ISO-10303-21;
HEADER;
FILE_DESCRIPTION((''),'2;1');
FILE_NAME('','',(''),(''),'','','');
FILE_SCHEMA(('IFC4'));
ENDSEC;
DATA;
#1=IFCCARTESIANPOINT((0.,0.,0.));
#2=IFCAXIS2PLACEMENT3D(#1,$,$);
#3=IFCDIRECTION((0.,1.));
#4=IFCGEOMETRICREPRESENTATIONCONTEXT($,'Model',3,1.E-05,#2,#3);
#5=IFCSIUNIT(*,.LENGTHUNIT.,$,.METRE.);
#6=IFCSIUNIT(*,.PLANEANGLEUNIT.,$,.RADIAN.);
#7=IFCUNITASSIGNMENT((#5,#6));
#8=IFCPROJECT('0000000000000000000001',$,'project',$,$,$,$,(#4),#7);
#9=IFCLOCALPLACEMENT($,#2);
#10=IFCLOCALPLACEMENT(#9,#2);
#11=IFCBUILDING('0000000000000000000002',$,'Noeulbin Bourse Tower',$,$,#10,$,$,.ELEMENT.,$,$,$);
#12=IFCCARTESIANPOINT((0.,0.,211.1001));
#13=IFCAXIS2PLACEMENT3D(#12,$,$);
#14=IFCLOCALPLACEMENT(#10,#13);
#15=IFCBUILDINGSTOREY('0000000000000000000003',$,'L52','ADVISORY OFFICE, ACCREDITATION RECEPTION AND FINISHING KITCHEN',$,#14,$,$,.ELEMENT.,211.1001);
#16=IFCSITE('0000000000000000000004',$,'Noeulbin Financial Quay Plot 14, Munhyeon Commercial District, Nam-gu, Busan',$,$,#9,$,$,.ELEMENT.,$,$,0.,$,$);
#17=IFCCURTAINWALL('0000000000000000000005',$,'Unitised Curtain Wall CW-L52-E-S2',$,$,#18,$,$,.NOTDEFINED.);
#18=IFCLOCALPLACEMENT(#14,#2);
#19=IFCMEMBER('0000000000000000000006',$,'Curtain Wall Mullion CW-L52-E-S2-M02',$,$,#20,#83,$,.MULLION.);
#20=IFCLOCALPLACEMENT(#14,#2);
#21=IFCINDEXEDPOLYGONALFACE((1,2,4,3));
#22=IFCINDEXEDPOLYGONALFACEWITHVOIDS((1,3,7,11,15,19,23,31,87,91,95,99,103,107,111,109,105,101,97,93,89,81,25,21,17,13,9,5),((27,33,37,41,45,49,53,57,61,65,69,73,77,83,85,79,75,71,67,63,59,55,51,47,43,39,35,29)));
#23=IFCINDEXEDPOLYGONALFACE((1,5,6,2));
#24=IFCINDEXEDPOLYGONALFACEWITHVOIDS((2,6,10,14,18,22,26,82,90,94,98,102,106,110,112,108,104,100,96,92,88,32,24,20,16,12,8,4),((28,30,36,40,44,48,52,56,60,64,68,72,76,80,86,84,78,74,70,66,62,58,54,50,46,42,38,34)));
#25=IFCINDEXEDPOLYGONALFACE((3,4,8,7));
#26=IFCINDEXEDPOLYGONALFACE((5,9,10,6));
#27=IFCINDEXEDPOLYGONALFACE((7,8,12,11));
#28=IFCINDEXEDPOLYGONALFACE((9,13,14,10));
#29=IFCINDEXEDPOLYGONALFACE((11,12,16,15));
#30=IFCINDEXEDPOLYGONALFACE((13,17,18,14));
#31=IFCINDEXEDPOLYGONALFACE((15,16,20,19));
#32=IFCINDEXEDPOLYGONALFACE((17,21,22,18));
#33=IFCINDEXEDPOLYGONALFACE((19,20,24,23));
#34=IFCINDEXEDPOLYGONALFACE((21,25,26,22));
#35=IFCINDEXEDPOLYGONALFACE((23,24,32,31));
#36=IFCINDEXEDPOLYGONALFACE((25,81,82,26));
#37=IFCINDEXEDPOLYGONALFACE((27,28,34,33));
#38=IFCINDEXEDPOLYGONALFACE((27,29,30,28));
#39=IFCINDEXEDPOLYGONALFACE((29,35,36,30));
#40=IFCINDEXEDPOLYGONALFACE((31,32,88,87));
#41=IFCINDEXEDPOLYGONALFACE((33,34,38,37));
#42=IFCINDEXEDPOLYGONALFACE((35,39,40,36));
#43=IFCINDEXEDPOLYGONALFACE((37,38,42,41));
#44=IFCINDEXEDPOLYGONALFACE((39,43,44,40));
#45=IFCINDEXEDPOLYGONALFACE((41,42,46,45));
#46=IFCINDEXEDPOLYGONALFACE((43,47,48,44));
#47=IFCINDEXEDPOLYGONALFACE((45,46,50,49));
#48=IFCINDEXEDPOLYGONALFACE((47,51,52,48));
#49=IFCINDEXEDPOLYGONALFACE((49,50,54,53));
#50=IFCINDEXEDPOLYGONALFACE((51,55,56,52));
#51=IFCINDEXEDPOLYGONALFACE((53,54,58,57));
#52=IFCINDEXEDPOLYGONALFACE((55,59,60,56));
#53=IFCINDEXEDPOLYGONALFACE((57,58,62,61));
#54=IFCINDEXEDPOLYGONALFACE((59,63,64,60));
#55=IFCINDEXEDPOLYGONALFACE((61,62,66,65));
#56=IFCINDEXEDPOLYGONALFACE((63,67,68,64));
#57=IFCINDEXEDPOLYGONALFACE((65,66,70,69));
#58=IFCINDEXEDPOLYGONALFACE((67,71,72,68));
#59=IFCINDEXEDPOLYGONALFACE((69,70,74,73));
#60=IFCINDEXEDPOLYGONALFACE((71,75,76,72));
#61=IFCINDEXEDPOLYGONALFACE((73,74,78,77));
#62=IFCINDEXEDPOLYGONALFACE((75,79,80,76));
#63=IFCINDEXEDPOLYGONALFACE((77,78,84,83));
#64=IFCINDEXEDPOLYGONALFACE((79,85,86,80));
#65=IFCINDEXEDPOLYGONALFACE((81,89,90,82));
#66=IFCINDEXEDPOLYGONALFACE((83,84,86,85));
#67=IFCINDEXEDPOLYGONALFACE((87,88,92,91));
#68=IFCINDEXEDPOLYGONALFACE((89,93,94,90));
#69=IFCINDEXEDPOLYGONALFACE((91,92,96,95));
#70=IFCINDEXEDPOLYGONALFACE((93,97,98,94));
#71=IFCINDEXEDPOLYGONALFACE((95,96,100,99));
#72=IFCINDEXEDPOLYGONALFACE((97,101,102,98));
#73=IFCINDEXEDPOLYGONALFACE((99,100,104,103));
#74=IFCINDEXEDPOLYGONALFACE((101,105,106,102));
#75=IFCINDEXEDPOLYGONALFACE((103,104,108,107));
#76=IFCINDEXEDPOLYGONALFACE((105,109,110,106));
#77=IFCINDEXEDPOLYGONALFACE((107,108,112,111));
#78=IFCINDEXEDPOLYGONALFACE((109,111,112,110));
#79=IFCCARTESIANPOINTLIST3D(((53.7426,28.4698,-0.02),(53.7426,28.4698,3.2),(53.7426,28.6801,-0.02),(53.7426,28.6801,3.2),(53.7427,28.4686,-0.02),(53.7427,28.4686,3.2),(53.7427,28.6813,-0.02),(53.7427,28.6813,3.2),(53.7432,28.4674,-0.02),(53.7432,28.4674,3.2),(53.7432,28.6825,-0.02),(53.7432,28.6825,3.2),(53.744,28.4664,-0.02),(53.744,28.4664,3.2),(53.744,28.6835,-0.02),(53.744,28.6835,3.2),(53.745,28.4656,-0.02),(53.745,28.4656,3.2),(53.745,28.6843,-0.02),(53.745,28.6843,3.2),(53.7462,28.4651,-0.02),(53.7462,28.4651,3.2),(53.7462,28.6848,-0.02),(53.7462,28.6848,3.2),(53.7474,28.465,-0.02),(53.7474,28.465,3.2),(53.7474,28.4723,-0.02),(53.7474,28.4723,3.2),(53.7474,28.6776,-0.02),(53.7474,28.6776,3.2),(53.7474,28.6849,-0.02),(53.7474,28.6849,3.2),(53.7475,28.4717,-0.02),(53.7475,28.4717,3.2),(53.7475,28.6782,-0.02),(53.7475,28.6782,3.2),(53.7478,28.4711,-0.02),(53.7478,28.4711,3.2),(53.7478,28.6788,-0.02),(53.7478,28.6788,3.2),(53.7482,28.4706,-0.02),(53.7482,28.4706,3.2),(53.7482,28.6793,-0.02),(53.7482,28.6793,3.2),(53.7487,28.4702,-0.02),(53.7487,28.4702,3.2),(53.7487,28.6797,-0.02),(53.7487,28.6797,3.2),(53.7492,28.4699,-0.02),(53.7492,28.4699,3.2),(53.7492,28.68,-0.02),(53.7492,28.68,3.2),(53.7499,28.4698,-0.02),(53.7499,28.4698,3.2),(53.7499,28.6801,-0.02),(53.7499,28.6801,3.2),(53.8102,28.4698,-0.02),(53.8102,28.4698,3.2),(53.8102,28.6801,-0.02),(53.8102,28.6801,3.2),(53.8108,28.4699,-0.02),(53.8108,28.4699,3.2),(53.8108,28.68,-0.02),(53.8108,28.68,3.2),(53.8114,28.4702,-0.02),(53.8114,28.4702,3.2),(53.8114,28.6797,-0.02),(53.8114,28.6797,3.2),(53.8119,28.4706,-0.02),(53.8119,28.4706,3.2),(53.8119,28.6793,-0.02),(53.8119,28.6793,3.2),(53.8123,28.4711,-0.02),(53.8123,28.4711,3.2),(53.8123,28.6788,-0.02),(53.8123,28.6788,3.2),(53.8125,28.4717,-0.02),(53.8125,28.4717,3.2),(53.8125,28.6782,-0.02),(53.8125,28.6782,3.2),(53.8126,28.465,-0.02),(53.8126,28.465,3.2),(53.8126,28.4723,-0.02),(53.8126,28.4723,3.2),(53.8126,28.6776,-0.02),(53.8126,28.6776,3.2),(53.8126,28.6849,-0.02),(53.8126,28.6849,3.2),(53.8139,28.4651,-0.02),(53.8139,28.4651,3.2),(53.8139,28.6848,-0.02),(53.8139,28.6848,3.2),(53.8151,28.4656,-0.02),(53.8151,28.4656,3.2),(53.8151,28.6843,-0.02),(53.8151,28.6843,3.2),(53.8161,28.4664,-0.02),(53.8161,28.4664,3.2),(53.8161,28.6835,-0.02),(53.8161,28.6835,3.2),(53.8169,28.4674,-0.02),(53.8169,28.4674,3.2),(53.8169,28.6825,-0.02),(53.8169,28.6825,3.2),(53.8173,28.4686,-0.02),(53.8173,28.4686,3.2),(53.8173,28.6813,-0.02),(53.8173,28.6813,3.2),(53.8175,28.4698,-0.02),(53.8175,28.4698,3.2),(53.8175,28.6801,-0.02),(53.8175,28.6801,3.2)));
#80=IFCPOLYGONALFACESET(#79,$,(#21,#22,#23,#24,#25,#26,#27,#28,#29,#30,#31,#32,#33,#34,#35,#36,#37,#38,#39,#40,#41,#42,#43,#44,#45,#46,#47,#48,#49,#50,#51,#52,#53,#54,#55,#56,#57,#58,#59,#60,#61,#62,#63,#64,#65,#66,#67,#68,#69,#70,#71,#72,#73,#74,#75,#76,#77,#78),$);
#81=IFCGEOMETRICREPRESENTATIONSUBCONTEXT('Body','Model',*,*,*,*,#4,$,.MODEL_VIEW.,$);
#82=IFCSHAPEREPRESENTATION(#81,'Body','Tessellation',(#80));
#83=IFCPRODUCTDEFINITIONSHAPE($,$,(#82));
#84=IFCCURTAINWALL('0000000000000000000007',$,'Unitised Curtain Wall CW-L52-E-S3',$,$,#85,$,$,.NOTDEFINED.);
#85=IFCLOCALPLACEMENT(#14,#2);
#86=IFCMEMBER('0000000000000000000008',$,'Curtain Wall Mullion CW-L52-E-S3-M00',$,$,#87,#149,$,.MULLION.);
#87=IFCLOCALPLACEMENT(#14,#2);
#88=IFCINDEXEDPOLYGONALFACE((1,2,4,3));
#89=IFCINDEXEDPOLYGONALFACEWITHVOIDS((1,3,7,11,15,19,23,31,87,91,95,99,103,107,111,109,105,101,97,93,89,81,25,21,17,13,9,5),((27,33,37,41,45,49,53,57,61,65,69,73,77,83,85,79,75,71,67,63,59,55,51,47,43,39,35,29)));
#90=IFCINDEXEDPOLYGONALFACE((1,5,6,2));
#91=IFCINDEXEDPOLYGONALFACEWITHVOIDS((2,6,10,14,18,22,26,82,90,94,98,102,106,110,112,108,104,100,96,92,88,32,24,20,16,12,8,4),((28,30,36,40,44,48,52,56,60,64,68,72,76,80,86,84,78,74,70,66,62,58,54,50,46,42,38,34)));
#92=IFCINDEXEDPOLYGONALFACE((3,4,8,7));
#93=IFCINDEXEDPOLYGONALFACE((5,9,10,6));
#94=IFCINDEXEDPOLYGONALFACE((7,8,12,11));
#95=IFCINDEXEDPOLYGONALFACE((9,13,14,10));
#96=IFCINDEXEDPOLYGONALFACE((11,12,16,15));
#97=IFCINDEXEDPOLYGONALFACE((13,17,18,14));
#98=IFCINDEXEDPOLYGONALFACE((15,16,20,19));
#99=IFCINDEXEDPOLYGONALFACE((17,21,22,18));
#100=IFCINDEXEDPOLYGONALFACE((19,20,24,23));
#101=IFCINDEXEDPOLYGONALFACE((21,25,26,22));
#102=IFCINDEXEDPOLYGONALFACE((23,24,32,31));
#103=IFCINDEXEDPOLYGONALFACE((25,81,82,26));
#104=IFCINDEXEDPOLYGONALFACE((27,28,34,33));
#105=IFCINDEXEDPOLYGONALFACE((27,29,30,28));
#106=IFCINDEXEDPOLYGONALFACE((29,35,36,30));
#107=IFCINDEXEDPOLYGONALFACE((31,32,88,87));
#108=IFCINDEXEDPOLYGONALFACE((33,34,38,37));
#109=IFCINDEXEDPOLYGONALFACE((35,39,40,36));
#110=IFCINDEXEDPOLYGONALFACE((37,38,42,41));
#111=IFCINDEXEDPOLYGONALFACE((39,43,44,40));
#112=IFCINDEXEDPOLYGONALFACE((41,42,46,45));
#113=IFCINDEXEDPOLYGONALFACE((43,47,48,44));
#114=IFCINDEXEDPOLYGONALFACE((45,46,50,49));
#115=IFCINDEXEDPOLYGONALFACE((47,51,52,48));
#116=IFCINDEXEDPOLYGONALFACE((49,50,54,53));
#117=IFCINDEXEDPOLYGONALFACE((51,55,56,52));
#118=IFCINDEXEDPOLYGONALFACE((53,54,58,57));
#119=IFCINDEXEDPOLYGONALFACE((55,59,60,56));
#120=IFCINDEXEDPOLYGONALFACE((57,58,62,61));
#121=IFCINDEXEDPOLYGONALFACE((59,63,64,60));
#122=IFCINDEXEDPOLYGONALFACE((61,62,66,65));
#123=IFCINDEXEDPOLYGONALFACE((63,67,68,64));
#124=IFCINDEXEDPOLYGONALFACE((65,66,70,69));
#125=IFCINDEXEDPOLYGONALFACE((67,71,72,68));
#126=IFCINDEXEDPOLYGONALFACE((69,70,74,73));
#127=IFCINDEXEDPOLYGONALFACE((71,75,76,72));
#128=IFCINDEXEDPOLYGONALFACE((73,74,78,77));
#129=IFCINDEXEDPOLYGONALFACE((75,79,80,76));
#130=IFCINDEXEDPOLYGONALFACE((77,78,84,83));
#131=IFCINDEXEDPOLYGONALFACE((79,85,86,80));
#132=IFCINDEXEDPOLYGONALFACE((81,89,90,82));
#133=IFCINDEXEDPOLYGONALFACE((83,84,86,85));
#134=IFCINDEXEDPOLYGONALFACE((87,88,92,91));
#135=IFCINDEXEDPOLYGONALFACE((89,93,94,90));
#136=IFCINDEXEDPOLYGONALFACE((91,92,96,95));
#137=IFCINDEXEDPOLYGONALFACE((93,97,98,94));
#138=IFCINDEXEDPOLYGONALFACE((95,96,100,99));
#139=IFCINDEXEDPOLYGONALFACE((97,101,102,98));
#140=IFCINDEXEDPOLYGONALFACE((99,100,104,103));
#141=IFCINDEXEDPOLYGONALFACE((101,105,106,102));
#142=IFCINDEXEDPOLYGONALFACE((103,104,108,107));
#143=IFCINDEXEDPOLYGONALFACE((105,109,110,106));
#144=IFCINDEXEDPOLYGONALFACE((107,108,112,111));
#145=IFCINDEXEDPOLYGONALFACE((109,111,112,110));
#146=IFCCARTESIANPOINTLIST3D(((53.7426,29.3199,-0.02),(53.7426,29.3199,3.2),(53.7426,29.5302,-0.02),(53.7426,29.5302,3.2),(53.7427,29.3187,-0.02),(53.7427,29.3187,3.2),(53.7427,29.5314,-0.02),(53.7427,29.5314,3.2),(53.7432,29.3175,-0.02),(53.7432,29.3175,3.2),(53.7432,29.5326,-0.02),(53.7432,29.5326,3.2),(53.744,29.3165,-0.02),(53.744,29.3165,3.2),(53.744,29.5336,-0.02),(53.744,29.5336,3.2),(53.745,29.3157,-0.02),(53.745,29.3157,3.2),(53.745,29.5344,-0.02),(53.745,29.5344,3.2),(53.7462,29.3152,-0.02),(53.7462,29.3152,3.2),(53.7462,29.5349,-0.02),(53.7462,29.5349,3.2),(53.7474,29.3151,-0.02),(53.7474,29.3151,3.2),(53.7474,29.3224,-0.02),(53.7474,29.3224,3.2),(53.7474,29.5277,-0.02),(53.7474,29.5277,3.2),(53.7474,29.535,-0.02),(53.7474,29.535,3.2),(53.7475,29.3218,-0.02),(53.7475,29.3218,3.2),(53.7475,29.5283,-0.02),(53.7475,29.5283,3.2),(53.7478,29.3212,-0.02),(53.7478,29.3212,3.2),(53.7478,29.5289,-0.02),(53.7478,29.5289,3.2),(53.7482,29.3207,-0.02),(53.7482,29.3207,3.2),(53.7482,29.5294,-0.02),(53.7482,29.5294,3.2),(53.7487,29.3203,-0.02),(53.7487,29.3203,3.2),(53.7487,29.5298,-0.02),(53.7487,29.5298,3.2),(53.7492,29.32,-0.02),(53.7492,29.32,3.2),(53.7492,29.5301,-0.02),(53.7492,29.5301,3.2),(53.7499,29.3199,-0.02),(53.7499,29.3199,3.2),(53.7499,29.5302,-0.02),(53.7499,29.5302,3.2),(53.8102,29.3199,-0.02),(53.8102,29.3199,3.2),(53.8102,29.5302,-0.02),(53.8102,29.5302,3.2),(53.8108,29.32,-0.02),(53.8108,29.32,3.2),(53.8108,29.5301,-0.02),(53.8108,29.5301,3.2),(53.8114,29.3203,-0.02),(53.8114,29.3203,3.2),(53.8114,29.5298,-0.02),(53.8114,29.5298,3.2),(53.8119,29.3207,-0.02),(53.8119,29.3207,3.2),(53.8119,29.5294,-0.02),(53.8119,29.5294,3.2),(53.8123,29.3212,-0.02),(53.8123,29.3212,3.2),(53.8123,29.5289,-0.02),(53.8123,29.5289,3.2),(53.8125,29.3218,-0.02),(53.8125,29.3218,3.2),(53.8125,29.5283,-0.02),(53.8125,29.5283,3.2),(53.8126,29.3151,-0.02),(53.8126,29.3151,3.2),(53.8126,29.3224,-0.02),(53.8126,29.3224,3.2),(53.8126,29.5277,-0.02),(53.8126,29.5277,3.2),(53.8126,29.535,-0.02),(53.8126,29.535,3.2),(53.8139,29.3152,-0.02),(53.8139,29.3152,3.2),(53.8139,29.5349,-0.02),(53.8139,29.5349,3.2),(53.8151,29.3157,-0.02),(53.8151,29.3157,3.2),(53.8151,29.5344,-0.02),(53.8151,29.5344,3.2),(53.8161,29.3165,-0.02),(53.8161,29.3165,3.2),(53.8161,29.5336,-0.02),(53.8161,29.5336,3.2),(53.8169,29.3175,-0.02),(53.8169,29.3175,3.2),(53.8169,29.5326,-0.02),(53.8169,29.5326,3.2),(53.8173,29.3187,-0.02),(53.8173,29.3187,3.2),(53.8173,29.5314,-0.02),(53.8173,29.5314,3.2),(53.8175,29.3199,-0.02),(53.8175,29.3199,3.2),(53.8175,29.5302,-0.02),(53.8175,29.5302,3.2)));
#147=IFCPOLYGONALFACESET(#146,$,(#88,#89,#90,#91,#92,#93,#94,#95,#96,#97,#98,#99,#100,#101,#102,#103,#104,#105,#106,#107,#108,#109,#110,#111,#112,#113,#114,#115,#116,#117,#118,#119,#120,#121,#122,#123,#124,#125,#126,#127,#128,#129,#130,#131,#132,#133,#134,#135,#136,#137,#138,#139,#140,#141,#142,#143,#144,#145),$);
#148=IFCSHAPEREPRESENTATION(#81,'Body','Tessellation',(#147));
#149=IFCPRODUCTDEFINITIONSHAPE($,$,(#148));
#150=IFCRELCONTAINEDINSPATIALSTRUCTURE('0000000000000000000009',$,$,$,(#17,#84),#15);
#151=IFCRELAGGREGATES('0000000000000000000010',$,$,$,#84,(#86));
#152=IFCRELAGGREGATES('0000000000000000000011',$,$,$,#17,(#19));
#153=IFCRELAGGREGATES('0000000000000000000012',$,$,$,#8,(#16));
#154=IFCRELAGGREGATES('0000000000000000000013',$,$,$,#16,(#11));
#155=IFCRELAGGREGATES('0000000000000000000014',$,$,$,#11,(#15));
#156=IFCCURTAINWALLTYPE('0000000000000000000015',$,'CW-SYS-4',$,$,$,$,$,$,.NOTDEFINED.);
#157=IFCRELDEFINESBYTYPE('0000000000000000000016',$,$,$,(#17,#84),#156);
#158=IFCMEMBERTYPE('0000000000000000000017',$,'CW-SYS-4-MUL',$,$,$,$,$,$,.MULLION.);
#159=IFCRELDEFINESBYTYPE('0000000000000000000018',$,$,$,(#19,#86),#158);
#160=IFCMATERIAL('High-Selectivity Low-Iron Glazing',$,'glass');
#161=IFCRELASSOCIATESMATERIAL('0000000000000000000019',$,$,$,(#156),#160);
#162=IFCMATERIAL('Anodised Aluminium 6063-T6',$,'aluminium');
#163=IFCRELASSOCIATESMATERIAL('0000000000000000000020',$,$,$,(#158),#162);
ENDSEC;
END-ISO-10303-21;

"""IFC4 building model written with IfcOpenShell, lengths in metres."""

from ifc_helpers import new_model, si_unit, direction, frame, origin, origin_2d, place, context, subcontext, project, spatial, hollow_rectangle, extrude, material, material_profile, profile_set, type_object, element, aggregate, save


model = new_model("IFC4")

# Units and contexts
model_context = context("Model", 3, precision=1e-05, world=origin(), true_north=direction((0.0, 1.0)))
body_context = subcontext(model_context, "Body", "Model", "MODEL_VIEW")
ifc_project = project(units=[si_unit("LENGTHUNIT", "METRE"), si_unit("PLANEANGLEUNIT", "RADIAN")], contexts=[model_context])

# Site, building, storey
site_placement = place(None, origin())
site = spatial("IfcSite", under=ifc_project, at=site_placement, Name="Noeulbin Financial Quay Plot 14, Munhyeon Commercial District, Nam-gu, Busan", CompositionType="ELEMENT", RefElevation=0.0)
building_placement = place(site_placement, origin())
building = spatial("IfcBuilding", under=site, at=building_placement, Name="Noeulbin Bourse Tower", CompositionType="ELEMENT")
storey_placement = place(building_placement, frame((0.0, 0.0, 211.1001)))
storey = spatial("IfcBuildingStorey", under=building, at=storey_placement, Name="L52", Description="ADVISORY OFFICE, ACCREDITATION RECEPTION AND FINISHING KITCHEN", CompositionType="ELEMENT", Elevation=211.1001)

# Curtain wall, member
ifc_material_1 = material(Name="High-Selectivity Low-Iron Glazing", Category="glass")
curtain_wall_type = type_object("IfcCurtainWallType", Name="CW-SYS-4", PredefinedType="NOTDEFINED", material=ifc_material_1)
curtain_wall_1_placement = place(storey_placement, origin())
curtain_wall_1 = element("IfcCurtainWall", 1, at=curtain_wall_1_placement, inside=storey, type_object=curtain_wall_type, Name="Unitised Curtain Wall CW-L52-E-S2", PredefinedType="NOTDEFINED")
ifc_material_2 = material(Name="Anodised Aluminium 6063-T6", Category="aluminium")
ifc_material_profile_1 = material_profile(ifc_material_2, hollow_rectangle(XDim=0.075, YDim=0.22, WallThickness=0.0049, InnerFilletRadius=0.0024, OuterFilletRadius=0.0049, at=origin_2d()), Name="ALU-MULL-75x220x5", Category="LoadBearing")
ifc_profile_set_1 = profile_set([ifc_material_profile_1], Name="Anodised Aluminium 6063-T6")
member_type_1 = type_object("IfcMemberType", Name="CW-SYS-4-MUL", PredefinedType="MULLION", material=ifc_profile_set_1)
member_1_placement = place(storey_placement, frame((53.78, 28.575, -0.02), z_axis=(0.0, 0.0, 1.0), x_axis=(1.0, 0.0, 0.0)))
member_1 = element("IfcMember", 2, at=member_1_placement, type_object=member_type_1, Name="Curtain Wall Mullion CW-L52-E-S2-M02", PredefinedType="MULLION", context=body_context, shape_type="SweptSolid", body=[
    extrude(hollow_rectangle(XDim=0.075, YDim=0.22, WallThickness=0.0049, InnerFilletRadius=0.0024, OuterFilletRadius=0.0049, at=origin_2d()), origin(), (0.0, 0.0, 1.0), 3.22),
])

# Curtain wall, member
curtain_wall_2_placement = place(storey_placement, origin())
curtain_wall_2 = element("IfcCurtainWall", 3, at=curtain_wall_2_placement, inside=storey, type_object=curtain_wall_type, Name="Unitised Curtain Wall CW-L52-E-S3", PredefinedType="NOTDEFINED")
member_2_placement = place(storey_placement, frame((53.78, 29.425, -0.02), z_axis=(0.0, 0.0, 1.0), x_axis=(1.0, 0.0, 0.0)))
member_2 = element("IfcMember", 4, at=member_2_placement, type_object=member_type_1, Name="Curtain Wall Mullion CW-L52-E-S3-M00", PredefinedType="MULLION", context=body_context, shape_type="SweptSolid", body=[
    extrude(hollow_rectangle(XDim=0.075, YDim=0.22, WallThickness=0.0049, InnerFilletRadius=0.0024, OuterFilletRadius=0.0049, at=origin_2d()), origin(), (0.0, 0.0, 1.0), 3.22),
])
aggregate(curtain_wall_2, [member_2])

aggregate(curtain_wall_1, [member_1])

save(model, "model.ifc")
